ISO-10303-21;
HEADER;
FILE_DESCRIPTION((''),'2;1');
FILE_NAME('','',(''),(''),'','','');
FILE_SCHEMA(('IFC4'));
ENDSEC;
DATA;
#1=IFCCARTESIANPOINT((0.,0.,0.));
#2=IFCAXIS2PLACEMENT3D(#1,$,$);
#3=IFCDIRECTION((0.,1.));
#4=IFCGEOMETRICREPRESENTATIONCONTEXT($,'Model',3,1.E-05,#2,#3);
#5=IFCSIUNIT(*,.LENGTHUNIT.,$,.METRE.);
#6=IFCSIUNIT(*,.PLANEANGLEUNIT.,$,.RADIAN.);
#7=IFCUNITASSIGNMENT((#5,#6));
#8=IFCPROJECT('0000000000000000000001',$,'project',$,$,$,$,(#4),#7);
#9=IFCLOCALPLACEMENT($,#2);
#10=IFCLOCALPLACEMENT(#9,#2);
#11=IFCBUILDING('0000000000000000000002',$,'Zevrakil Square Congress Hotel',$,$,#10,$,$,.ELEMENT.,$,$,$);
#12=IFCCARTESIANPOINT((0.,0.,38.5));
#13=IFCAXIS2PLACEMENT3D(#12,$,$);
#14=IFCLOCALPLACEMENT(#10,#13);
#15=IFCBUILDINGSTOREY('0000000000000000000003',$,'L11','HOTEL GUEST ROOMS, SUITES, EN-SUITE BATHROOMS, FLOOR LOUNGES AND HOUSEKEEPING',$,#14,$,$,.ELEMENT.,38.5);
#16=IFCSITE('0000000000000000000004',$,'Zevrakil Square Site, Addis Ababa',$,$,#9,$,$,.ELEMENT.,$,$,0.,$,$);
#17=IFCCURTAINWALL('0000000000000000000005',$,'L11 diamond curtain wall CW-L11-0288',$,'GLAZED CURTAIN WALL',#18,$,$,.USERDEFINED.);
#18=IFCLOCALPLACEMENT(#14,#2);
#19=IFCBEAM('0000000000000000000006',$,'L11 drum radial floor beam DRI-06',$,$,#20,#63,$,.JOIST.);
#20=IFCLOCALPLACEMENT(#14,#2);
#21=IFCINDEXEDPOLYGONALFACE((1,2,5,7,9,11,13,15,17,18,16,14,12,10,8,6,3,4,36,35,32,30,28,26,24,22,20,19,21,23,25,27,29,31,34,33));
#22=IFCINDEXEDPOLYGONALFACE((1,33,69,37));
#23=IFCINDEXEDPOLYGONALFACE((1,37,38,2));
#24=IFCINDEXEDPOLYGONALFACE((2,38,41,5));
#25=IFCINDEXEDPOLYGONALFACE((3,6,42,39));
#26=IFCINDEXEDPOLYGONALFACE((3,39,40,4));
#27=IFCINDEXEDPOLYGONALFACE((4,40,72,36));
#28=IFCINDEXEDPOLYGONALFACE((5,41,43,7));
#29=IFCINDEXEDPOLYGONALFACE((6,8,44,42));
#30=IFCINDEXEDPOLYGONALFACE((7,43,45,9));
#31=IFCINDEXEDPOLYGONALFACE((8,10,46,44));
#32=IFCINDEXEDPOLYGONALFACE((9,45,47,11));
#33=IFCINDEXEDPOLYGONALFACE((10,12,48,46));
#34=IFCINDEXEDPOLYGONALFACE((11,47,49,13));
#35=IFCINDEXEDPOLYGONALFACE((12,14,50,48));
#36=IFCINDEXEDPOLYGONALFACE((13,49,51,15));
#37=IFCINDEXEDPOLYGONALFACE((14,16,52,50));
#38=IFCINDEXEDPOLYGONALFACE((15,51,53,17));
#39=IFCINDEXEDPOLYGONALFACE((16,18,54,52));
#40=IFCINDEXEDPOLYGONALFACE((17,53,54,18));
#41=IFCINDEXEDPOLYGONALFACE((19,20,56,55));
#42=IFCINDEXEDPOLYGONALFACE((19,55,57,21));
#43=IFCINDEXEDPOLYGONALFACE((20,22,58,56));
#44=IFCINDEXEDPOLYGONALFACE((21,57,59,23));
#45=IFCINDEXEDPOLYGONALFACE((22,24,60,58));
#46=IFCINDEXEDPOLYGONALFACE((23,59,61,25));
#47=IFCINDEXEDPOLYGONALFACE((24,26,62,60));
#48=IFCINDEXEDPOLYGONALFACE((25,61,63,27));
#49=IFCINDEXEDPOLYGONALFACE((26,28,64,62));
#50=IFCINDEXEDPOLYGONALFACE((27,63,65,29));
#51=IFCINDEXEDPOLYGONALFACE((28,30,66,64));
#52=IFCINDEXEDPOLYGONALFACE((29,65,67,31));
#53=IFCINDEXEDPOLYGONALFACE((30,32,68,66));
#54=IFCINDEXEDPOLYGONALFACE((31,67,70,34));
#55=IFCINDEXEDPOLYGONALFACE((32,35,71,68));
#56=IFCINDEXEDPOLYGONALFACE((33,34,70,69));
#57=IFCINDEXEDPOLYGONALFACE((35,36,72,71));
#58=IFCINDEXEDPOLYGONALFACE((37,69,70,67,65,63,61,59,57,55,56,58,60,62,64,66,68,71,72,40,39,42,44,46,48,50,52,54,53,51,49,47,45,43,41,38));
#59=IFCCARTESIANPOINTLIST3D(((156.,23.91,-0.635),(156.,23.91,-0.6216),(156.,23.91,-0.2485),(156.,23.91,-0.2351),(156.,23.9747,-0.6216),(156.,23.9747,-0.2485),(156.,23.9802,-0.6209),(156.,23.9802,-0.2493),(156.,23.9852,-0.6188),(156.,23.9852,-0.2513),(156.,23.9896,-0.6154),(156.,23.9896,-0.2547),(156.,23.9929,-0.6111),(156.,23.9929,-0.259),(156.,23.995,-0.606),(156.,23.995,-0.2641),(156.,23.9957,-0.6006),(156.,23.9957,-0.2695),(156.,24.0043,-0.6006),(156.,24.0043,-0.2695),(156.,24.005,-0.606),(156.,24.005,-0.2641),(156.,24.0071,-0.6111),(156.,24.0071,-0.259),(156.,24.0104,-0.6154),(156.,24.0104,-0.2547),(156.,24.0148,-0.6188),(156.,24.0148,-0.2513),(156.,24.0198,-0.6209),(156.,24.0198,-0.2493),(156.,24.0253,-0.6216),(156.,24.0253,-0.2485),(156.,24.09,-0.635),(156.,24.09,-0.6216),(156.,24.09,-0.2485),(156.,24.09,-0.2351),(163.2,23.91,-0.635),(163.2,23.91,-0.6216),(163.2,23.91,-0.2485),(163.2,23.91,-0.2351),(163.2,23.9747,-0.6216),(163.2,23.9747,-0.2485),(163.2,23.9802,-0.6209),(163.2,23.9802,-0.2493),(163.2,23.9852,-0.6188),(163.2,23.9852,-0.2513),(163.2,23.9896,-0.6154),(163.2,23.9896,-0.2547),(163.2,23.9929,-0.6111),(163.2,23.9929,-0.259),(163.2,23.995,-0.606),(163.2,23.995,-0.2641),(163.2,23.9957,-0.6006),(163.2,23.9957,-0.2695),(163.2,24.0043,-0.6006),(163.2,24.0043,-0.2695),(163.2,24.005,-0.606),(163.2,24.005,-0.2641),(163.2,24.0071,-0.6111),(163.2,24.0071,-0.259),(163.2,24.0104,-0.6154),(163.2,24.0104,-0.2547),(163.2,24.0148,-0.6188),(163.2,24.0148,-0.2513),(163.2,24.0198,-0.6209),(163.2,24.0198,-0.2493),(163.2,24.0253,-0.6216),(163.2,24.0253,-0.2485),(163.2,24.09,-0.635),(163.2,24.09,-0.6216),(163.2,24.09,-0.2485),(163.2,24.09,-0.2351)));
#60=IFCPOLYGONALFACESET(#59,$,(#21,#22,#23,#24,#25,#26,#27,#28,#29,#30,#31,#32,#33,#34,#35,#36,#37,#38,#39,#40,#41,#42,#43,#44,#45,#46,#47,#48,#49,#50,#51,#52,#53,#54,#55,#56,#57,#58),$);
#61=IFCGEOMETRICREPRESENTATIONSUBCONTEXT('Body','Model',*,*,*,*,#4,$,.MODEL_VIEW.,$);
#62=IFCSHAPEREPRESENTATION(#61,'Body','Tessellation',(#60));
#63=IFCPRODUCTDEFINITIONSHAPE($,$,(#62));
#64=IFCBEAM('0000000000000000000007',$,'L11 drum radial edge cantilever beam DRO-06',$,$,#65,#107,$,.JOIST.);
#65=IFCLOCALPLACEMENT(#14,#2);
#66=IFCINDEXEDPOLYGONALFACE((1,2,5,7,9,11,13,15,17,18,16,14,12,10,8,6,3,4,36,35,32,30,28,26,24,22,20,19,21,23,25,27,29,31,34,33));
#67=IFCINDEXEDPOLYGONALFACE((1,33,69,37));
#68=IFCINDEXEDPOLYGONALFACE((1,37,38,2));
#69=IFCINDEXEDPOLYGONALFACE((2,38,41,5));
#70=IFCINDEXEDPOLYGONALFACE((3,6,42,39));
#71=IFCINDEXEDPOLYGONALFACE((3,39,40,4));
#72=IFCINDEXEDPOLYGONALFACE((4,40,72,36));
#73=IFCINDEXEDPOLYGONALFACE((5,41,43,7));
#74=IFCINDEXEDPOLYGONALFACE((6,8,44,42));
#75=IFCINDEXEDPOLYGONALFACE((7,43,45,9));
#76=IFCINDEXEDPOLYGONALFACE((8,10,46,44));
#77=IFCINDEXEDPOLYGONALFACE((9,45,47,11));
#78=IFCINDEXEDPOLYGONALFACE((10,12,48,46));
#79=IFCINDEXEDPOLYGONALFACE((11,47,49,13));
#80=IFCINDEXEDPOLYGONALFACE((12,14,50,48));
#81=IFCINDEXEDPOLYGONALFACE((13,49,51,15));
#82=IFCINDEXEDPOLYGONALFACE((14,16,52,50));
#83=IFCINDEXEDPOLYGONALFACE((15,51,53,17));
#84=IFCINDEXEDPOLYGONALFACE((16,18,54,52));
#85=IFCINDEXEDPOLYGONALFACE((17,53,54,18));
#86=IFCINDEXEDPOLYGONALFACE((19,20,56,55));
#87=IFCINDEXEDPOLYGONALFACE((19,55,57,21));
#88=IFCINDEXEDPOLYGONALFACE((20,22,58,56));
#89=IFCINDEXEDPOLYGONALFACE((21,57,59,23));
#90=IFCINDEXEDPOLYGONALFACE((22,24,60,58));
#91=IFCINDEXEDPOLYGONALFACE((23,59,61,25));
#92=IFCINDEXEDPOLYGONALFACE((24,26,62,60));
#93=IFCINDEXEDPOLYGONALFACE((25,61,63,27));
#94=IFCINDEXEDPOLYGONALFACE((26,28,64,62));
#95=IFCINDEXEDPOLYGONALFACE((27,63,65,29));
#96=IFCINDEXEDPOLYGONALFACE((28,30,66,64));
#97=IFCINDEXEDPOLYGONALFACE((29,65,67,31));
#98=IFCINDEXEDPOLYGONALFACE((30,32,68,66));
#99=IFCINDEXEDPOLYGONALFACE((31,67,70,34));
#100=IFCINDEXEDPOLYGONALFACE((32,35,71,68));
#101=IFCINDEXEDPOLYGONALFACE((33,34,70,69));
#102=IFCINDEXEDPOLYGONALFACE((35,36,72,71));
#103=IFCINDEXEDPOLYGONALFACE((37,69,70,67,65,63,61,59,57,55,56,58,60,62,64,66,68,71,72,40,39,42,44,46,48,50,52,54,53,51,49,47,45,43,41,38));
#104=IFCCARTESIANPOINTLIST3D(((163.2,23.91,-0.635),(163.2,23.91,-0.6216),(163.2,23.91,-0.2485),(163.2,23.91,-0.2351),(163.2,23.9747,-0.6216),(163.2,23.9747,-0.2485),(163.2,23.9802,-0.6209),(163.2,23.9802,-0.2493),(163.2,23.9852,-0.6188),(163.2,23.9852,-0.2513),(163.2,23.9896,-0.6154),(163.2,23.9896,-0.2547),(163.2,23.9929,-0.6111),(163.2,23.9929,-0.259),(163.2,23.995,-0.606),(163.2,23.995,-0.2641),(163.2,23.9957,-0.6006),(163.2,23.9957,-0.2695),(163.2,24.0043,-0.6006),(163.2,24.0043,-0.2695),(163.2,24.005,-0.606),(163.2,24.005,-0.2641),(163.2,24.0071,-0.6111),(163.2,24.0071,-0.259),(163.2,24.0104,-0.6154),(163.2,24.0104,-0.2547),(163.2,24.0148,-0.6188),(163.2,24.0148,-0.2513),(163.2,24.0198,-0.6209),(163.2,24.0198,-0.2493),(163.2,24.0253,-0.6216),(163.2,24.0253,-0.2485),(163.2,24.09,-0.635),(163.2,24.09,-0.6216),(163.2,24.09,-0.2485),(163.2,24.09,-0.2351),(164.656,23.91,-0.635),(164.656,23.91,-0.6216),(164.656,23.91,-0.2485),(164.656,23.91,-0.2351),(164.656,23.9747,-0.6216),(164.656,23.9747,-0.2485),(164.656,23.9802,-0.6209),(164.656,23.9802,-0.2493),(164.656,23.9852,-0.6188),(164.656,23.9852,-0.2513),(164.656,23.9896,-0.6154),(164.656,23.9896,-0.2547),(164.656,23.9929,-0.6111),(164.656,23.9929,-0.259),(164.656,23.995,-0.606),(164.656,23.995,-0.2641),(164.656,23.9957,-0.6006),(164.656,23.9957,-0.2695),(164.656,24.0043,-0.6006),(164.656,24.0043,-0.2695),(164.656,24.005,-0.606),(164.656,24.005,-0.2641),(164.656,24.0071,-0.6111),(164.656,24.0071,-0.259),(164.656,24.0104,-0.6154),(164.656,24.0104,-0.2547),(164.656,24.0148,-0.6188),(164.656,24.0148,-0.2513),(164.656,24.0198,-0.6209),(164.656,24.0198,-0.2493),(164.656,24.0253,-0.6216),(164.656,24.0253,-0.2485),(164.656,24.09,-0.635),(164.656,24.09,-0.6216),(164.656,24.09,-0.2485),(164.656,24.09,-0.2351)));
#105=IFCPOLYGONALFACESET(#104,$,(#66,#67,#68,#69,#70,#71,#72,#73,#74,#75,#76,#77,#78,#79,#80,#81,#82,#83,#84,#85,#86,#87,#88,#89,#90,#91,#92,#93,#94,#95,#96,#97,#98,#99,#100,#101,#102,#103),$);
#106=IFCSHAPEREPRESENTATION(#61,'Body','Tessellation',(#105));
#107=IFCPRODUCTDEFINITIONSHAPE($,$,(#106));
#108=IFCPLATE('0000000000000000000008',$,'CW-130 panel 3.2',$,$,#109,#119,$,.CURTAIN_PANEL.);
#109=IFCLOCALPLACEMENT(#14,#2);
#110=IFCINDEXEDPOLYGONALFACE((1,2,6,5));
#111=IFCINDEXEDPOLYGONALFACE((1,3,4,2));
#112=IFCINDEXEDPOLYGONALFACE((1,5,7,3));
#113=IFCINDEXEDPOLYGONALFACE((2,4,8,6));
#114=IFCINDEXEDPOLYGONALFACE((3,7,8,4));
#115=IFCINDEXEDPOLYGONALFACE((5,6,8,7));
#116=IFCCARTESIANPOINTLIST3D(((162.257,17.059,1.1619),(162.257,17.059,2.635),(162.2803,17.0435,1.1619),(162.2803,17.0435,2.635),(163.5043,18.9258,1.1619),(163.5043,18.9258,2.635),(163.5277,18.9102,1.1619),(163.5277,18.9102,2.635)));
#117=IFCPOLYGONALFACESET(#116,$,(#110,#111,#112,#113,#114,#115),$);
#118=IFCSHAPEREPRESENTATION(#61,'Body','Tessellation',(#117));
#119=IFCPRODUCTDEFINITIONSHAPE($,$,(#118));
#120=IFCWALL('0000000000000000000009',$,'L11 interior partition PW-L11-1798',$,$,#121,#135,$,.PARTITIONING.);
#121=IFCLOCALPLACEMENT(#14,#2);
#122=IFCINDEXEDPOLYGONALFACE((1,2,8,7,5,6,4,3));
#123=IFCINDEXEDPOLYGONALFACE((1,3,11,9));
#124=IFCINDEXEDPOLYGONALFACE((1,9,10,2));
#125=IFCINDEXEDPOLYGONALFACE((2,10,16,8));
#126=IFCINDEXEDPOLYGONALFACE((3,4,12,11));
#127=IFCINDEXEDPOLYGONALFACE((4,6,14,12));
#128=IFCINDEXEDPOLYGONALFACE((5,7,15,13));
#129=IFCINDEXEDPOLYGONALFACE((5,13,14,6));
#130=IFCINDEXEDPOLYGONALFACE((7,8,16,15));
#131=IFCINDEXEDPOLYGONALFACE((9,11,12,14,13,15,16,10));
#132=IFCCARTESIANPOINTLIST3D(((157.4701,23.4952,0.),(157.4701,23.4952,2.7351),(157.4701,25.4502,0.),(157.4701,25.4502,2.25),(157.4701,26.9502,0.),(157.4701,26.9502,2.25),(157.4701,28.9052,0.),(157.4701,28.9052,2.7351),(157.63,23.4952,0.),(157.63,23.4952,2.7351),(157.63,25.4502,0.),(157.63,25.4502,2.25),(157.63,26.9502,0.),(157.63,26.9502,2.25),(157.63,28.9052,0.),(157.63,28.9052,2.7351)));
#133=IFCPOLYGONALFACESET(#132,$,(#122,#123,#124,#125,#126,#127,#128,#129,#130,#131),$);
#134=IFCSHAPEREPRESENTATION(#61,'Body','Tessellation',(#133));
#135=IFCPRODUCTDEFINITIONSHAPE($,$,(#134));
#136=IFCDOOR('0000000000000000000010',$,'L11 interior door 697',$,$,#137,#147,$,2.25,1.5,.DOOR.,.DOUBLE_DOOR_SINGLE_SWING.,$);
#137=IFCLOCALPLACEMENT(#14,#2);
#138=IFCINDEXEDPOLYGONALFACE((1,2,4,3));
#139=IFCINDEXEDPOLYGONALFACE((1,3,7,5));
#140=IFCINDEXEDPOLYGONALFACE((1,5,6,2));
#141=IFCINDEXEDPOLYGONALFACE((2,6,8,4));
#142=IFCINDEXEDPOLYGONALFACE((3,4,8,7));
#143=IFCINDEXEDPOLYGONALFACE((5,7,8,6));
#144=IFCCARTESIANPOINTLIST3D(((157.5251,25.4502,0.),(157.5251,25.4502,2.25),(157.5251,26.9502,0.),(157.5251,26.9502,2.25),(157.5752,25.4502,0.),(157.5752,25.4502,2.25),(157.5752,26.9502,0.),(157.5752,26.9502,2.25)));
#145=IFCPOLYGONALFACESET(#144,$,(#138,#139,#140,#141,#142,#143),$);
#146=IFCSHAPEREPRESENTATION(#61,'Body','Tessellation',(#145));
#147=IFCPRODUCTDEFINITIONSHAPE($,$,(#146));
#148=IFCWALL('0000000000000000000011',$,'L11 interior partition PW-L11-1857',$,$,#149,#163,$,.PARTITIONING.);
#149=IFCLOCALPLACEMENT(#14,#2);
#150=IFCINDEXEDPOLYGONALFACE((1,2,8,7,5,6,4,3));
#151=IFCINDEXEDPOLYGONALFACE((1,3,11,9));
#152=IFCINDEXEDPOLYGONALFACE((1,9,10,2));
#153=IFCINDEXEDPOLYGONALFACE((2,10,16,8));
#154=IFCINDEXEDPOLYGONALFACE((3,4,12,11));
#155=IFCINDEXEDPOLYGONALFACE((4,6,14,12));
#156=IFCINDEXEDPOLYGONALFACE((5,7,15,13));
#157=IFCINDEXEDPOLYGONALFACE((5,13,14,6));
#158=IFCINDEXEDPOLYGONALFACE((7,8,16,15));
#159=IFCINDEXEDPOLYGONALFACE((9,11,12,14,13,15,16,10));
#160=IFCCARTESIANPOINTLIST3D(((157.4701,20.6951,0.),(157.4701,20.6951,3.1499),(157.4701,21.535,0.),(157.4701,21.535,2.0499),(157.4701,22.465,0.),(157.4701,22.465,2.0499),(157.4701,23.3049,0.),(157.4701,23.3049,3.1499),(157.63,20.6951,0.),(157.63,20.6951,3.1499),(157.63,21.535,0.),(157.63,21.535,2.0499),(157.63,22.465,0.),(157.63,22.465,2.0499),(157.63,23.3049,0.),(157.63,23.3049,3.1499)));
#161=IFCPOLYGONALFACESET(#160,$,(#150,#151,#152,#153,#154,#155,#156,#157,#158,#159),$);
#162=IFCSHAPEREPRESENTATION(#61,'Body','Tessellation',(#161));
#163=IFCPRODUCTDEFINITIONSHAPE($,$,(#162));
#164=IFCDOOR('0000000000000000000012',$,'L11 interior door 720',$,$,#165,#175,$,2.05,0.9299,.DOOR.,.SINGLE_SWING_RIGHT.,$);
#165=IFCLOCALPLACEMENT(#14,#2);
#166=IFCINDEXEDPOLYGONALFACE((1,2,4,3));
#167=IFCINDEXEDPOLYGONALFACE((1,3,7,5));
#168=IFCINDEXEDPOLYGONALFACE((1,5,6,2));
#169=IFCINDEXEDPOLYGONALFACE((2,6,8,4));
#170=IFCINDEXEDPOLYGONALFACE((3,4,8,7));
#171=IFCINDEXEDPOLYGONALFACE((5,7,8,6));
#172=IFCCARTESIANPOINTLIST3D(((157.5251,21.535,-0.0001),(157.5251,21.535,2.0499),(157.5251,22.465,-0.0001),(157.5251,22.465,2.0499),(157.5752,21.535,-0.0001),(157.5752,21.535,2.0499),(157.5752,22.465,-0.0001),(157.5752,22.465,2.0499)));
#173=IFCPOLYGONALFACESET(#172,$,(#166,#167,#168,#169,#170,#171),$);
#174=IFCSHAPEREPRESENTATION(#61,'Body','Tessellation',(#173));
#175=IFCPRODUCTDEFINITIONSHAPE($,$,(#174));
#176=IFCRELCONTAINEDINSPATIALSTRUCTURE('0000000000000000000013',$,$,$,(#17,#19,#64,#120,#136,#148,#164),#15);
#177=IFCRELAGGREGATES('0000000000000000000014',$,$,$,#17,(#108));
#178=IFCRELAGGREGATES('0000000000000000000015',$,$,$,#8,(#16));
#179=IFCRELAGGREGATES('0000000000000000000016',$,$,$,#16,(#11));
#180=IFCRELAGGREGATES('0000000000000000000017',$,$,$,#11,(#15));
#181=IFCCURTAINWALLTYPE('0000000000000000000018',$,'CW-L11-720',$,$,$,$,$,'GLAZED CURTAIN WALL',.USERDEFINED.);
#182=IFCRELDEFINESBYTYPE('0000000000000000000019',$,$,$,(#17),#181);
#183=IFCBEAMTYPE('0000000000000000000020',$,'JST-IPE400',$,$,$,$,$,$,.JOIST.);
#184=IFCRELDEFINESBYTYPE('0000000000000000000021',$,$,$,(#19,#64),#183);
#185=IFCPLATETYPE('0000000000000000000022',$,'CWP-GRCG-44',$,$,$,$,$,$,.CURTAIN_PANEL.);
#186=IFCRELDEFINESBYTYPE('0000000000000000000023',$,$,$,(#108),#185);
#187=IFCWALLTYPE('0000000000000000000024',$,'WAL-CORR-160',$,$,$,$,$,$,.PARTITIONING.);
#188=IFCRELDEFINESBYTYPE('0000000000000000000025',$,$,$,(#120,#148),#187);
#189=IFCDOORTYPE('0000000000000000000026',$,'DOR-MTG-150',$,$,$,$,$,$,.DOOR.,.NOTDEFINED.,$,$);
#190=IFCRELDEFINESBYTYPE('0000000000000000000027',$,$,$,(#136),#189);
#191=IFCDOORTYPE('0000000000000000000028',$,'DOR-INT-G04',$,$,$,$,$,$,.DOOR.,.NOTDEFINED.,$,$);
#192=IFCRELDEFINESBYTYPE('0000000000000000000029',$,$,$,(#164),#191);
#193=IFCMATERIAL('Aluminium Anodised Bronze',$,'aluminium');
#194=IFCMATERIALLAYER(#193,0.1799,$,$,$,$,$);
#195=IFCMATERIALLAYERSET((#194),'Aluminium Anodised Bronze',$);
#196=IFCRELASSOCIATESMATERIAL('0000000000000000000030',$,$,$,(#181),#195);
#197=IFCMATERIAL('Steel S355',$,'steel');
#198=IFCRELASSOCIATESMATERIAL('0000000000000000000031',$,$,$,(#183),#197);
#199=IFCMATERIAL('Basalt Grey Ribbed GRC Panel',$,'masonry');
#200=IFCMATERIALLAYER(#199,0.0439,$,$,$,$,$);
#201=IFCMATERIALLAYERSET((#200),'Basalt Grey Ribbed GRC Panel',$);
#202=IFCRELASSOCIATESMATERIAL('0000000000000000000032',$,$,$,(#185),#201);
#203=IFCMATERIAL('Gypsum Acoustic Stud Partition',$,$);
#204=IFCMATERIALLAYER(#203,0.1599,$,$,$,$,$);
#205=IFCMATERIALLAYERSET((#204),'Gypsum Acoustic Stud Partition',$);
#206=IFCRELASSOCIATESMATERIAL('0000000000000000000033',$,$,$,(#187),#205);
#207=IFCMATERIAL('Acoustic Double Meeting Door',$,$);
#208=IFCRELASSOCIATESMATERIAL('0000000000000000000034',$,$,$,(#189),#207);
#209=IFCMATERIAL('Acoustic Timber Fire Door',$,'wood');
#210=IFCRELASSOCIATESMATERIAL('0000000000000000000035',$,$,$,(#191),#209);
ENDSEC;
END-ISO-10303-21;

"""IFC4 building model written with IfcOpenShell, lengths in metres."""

from ifc_helpers import new_model, si_unit, direction, frame, frame_2d, origin, origin_2d, place, context, subcontext, project, spatial, rectangle, i_section, extrude, material, layer, layer_set, material_profile, profile_set, type_object, element, fill, aggregate, save


model = new_model("IFC4")

# Units and contexts
model_context = context("Model", 3, precision=1e-05, world=origin(), true_north=direction((0.0, 1.0)))
body_context = subcontext(model_context, "Body", "Model", "MODEL_VIEW")
ifc_project = project(units=[si_unit("LENGTHUNIT", "METRE"), si_unit("PLANEANGLEUNIT", "RADIAN")], contexts=[model_context])

# Site, building, storey
site_placement = place(None, origin())
site = spatial("IfcSite", under=ifc_project, at=site_placement, Name="Zevrakil Square Site, Addis Ababa", CompositionType="ELEMENT", RefElevation=0.0)
building_placement = place(site_placement, origin())
building = spatial("IfcBuilding", under=site, at=building_placement, Name="Zevrakil Square Congress Hotel", CompositionType="ELEMENT")
storey_placement = place(building_placement, frame((0.0, 0.0, 38.5)))
storey = spatial("IfcBuildingStorey", under=building, at=storey_placement, Name="L11", Description="HOTEL GUEST ROOMS, SUITES, EN-SUITE BATHROOMS, FLOOR LOUNGES AND HOUSEKEEPING", CompositionType="ELEMENT", Elevation=38.5)

# Shared definitions
ifc_material_1 = material(Name="Aluminium Anodised Bronze", Category="aluminium")
ifc_layer_1 = layer(ifc_material_1, 0.1799)
ifc_layer_set_1 = layer_set([ifc_layer_1], Name="Aluminium Anodised Bronze")
curtain_wall_type = type_object("IfcCurtainWallType", Name="CW-L11-720", ElementType="GLAZED CURTAIN WALL", PredefinedType="USERDEFINED", material=ifc_layer_set_1)

# Curtain wall
curtain_wall_1_placement = place(storey_placement, origin())
curtain_wall_1 = element("IfcCurtainWall", 1, at=curtain_wall_1_placement, inside=storey, type_object=curtain_wall_type, Name="L11 diamond curtain wall CW-L11-0288", ObjectType="GLAZED CURTAIN WALL", PredefinedType="USERDEFINED")

# Beams
ifc_material_2 = material(Name="Steel S355", Category="steel")
ifc_material_profile_1 = material_profile(ifc_material_2, i_section(OverallWidth=0.1799, OverallDepth=0.3999, WebThickness=0.0085, FlangeThickness=0.0134, FilletRadius=0.021, at=origin_2d()), Name="IPE 400")
ifc_profile_set_1 = profile_set([ifc_material_profile_1], Name="Steel S355")
beam_type_1 = type_object("IfcBeamType", Name="JST-IPE400", PredefinedType="JOIST", material=ifc_profile_set_1)
beam_1_placement = place(storey_placement, frame((156.0, 24.0, -0.4351), z_axis=(1.0, 0.0, 0.0), x_axis=(0.0, 1.0, 0.0)))
element("IfcBeam", 2, at=beam_1_placement, inside=storey, type_object=beam_type_1, Name="L11 drum radial floor beam DRI-06", PredefinedType="JOIST", context=body_context, shape_type="SweptSolid", body=[
    extrude(i_section(OverallWidth=0.1799, OverallDepth=0.3999, WebThickness=0.0085, FlangeThickness=0.0134, FilletRadius=0.021, at=origin_2d()), origin(), (0.0, 0.0, 1.0), 7.2),
])
beam_2_placement = place(storey_placement, frame((163.2, 24.0, -0.4351), z_axis=(1.0, 0.0, 0.0), x_axis=(0.0, 1.0, 0.0)))
element("IfcBeam", 3, at=beam_2_placement, inside=storey, type_object=beam_type_1, Name="L11 drum radial edge cantilever beam DRO-06", PredefinedType="JOIST", context=body_context, shape_type="SweptSolid", body=[
    extrude(i_section(OverallWidth=0.1799, OverallDepth=0.3999, WebThickness=0.0085, FlangeThickness=0.0134, FilletRadius=0.021, at=origin_2d()), origin(), (0.0, 0.0, 1.0), 1.4561),
])

# Plate
ifc_material_3 = material(Name="Basalt Grey Ribbed GRC Panel", Category="masonry")
ifc_layer_2 = layer(ifc_material_3, 0.0439)
ifc_layer_set_2 = layer_set([ifc_layer_2], Name="Basalt Grey Ribbed GRC Panel")
plate_type = type_object("IfcPlateType", Name="CWP-GRCG-44", PredefinedType="CURTAIN_PANEL", material=ifc_layer_set_2)
plate_placement = place(storey_placement, frame((162.8923, 17.9846, 1.1619), z_axis=(0.0, 0.0, 1.0), x_axis=(0.555576, 0.831466, 0.0)))
plate = element("IfcPlate", 4, at=plate_placement, type_object=plate_type, Name="CW-130 panel 3.2", PredefinedType="CURTAIN_PANEL", context=body_context, shape_type="SweptSolid", body=[
    extrude(rectangle(XDim=2.2451, YDim=0.0281, at=origin_2d()), origin(), (0.0, 0.0, 1.0), 1.4731),
])
aggregate(curtain_wall_1, [plate])

# Walls, openings, doors
ifc_material_4 = material(Name="Gypsum Acoustic Stud Partition")
ifc_layer_3 = layer(ifc_material_4, 0.1599)
ifc_layer_set_3 = layer_set([ifc_layer_3], Name="Gypsum Acoustic Stud Partition")
wall_type_1 = type_object("IfcWallType", Name="WAL-CORR-160", PredefinedType="PARTITIONING", material=ifc_layer_set_3)
wall_1_placement = place(storey_placement, frame((157.55, 23.4951, 0.0), z_axis=(0.0, 0.0, 1.0), x_axis=(0.0, 1.0, 0.0)))
wall_1 = element("IfcWall", 5, at=wall_1_placement, inside=storey, type_object=wall_type_1, Name="L11 interior partition PW-L11-1798", PredefinedType="PARTITIONING", context=body_context, shape_type="SweptSolid", body=[
    extrude(rectangle(XDim=5.4099, YDim=0.1599, at=frame_2d((2.7051, 0.0))), origin(), (0.0, 0.0, 1.0), 2.7351),
])
opening_1_placement = place(wall_1_placement, frame((1.9551, 0.0, 0.0)))
opening_1 = element("IfcOpeningElement", 6, at=opening_1_placement, cuts=wall_1, PredefinedType="OPENING", context=body_context, shape_type="SweptSolid", body=[
    extrude(rectangle(XDim=1.5, YDim=2.25, at=frame_2d((0.75, 1.125))), frame((0.0, 0.0898, 0.0), z_axis=(0.0, -1.0, 0.0), x_axis=(1.0, 0.0, 0.0)), (0.0, 0.0, 1.0), 0.1799),
])
ifc_material_5 = material(Name="Acoustic Double Meeting Door")
door_type_1 = type_object("IfcDoorType", Name="DOR-MTG-150", OperationType="NOTDEFINED", PredefinedType="DOOR", material=ifc_material_5)
door_1_placement = place(opening_1_placement, origin())
door_1 = element("IfcDoor", 7, at=door_1_placement, inside=storey, type_object=door_type_1, Name="L11 interior door 697", OperationType="DOUBLE_DOOR_SINGLE_SWING", OverallHeight=2.25, OverallWidth=1.5, PredefinedType="DOOR", context=body_context, shape_type="SweptSolid", body=[
    extrude(rectangle(XDim=1.5, YDim=2.25, at=frame_2d((0.75, 1.125))), frame((0.0, 0.0249, 0.0), z_axis=(0.0, -1.0, 0.0), x_axis=(1.0, 0.0, 0.0)), (0.0, 0.0, 1.0), 0.05),
])
fill(opening_1, door_1)
wall_2_placement = place(storey_placement, frame((157.55, 20.6951, 0.0), z_axis=(0.0, 0.0, 1.0), x_axis=(0.0, 1.0, 0.0)))
wall_2 = element("IfcWall", 8, at=wall_2_placement, inside=storey, type_object=wall_type_1, Name="L11 interior partition PW-L11-1857", PredefinedType="PARTITIONING", context=body_context, shape_type="SweptSolid", body=[
    extrude(rectangle(XDim=2.6099, YDim=0.1599, at=frame_2d((1.3049, 0.0))), origin(), (0.0, 0.0, 1.0), 3.1499),
])
opening_2_placement = place(wall_2_placement, frame((0.8401, 0.0, 0.0)))
opening_2 = element("IfcOpeningElement", 9, at=opening_2_placement, cuts=wall_2, PredefinedType="OPENING", context=body_context, shape_type="SweptSolid", body=[
    extrude(rectangle(XDim=0.9299, YDim=2.05, at=frame_2d((0.4648, 1.0249))), frame((0.0, 0.0898, 0.0), z_axis=(0.0, -1.0, 0.0), x_axis=(1.0, 0.0, 0.0)), (0.0, 0.0, 1.0), 0.1799),
])
ifc_material_6 = material(Name="Acoustic Timber Fire Door", Category="wood")
door_type_2 = type_object("IfcDoorType", Name="DOR-INT-G04", OperationType="NOTDEFINED", PredefinedType="DOOR", material=ifc_material_6)
door_2_placement = place(opening_2_placement, origin())
door_2 = element("IfcDoor", 10, at=door_2_placement, inside=storey, type_object=door_type_2, Name="L11 interior door 720", OperationType="SINGLE_SWING_RIGHT", OverallHeight=2.05, OverallWidth=0.9299, PredefinedType="DOOR", context=body_context, shape_type="SweptSolid", body=[
    extrude(rectangle(XDim=0.9299, YDim=2.05, at=frame_2d((0.4648, 1.0249))), frame((0.0, 0.0249, 0.0), z_axis=(0.0, -1.0, 0.0), x_axis=(1.0, 0.0, 0.0)), (0.0, 0.0, 1.0), 0.05),
])
fill(opening_2, door_2)

save(model, "model.ifc")
